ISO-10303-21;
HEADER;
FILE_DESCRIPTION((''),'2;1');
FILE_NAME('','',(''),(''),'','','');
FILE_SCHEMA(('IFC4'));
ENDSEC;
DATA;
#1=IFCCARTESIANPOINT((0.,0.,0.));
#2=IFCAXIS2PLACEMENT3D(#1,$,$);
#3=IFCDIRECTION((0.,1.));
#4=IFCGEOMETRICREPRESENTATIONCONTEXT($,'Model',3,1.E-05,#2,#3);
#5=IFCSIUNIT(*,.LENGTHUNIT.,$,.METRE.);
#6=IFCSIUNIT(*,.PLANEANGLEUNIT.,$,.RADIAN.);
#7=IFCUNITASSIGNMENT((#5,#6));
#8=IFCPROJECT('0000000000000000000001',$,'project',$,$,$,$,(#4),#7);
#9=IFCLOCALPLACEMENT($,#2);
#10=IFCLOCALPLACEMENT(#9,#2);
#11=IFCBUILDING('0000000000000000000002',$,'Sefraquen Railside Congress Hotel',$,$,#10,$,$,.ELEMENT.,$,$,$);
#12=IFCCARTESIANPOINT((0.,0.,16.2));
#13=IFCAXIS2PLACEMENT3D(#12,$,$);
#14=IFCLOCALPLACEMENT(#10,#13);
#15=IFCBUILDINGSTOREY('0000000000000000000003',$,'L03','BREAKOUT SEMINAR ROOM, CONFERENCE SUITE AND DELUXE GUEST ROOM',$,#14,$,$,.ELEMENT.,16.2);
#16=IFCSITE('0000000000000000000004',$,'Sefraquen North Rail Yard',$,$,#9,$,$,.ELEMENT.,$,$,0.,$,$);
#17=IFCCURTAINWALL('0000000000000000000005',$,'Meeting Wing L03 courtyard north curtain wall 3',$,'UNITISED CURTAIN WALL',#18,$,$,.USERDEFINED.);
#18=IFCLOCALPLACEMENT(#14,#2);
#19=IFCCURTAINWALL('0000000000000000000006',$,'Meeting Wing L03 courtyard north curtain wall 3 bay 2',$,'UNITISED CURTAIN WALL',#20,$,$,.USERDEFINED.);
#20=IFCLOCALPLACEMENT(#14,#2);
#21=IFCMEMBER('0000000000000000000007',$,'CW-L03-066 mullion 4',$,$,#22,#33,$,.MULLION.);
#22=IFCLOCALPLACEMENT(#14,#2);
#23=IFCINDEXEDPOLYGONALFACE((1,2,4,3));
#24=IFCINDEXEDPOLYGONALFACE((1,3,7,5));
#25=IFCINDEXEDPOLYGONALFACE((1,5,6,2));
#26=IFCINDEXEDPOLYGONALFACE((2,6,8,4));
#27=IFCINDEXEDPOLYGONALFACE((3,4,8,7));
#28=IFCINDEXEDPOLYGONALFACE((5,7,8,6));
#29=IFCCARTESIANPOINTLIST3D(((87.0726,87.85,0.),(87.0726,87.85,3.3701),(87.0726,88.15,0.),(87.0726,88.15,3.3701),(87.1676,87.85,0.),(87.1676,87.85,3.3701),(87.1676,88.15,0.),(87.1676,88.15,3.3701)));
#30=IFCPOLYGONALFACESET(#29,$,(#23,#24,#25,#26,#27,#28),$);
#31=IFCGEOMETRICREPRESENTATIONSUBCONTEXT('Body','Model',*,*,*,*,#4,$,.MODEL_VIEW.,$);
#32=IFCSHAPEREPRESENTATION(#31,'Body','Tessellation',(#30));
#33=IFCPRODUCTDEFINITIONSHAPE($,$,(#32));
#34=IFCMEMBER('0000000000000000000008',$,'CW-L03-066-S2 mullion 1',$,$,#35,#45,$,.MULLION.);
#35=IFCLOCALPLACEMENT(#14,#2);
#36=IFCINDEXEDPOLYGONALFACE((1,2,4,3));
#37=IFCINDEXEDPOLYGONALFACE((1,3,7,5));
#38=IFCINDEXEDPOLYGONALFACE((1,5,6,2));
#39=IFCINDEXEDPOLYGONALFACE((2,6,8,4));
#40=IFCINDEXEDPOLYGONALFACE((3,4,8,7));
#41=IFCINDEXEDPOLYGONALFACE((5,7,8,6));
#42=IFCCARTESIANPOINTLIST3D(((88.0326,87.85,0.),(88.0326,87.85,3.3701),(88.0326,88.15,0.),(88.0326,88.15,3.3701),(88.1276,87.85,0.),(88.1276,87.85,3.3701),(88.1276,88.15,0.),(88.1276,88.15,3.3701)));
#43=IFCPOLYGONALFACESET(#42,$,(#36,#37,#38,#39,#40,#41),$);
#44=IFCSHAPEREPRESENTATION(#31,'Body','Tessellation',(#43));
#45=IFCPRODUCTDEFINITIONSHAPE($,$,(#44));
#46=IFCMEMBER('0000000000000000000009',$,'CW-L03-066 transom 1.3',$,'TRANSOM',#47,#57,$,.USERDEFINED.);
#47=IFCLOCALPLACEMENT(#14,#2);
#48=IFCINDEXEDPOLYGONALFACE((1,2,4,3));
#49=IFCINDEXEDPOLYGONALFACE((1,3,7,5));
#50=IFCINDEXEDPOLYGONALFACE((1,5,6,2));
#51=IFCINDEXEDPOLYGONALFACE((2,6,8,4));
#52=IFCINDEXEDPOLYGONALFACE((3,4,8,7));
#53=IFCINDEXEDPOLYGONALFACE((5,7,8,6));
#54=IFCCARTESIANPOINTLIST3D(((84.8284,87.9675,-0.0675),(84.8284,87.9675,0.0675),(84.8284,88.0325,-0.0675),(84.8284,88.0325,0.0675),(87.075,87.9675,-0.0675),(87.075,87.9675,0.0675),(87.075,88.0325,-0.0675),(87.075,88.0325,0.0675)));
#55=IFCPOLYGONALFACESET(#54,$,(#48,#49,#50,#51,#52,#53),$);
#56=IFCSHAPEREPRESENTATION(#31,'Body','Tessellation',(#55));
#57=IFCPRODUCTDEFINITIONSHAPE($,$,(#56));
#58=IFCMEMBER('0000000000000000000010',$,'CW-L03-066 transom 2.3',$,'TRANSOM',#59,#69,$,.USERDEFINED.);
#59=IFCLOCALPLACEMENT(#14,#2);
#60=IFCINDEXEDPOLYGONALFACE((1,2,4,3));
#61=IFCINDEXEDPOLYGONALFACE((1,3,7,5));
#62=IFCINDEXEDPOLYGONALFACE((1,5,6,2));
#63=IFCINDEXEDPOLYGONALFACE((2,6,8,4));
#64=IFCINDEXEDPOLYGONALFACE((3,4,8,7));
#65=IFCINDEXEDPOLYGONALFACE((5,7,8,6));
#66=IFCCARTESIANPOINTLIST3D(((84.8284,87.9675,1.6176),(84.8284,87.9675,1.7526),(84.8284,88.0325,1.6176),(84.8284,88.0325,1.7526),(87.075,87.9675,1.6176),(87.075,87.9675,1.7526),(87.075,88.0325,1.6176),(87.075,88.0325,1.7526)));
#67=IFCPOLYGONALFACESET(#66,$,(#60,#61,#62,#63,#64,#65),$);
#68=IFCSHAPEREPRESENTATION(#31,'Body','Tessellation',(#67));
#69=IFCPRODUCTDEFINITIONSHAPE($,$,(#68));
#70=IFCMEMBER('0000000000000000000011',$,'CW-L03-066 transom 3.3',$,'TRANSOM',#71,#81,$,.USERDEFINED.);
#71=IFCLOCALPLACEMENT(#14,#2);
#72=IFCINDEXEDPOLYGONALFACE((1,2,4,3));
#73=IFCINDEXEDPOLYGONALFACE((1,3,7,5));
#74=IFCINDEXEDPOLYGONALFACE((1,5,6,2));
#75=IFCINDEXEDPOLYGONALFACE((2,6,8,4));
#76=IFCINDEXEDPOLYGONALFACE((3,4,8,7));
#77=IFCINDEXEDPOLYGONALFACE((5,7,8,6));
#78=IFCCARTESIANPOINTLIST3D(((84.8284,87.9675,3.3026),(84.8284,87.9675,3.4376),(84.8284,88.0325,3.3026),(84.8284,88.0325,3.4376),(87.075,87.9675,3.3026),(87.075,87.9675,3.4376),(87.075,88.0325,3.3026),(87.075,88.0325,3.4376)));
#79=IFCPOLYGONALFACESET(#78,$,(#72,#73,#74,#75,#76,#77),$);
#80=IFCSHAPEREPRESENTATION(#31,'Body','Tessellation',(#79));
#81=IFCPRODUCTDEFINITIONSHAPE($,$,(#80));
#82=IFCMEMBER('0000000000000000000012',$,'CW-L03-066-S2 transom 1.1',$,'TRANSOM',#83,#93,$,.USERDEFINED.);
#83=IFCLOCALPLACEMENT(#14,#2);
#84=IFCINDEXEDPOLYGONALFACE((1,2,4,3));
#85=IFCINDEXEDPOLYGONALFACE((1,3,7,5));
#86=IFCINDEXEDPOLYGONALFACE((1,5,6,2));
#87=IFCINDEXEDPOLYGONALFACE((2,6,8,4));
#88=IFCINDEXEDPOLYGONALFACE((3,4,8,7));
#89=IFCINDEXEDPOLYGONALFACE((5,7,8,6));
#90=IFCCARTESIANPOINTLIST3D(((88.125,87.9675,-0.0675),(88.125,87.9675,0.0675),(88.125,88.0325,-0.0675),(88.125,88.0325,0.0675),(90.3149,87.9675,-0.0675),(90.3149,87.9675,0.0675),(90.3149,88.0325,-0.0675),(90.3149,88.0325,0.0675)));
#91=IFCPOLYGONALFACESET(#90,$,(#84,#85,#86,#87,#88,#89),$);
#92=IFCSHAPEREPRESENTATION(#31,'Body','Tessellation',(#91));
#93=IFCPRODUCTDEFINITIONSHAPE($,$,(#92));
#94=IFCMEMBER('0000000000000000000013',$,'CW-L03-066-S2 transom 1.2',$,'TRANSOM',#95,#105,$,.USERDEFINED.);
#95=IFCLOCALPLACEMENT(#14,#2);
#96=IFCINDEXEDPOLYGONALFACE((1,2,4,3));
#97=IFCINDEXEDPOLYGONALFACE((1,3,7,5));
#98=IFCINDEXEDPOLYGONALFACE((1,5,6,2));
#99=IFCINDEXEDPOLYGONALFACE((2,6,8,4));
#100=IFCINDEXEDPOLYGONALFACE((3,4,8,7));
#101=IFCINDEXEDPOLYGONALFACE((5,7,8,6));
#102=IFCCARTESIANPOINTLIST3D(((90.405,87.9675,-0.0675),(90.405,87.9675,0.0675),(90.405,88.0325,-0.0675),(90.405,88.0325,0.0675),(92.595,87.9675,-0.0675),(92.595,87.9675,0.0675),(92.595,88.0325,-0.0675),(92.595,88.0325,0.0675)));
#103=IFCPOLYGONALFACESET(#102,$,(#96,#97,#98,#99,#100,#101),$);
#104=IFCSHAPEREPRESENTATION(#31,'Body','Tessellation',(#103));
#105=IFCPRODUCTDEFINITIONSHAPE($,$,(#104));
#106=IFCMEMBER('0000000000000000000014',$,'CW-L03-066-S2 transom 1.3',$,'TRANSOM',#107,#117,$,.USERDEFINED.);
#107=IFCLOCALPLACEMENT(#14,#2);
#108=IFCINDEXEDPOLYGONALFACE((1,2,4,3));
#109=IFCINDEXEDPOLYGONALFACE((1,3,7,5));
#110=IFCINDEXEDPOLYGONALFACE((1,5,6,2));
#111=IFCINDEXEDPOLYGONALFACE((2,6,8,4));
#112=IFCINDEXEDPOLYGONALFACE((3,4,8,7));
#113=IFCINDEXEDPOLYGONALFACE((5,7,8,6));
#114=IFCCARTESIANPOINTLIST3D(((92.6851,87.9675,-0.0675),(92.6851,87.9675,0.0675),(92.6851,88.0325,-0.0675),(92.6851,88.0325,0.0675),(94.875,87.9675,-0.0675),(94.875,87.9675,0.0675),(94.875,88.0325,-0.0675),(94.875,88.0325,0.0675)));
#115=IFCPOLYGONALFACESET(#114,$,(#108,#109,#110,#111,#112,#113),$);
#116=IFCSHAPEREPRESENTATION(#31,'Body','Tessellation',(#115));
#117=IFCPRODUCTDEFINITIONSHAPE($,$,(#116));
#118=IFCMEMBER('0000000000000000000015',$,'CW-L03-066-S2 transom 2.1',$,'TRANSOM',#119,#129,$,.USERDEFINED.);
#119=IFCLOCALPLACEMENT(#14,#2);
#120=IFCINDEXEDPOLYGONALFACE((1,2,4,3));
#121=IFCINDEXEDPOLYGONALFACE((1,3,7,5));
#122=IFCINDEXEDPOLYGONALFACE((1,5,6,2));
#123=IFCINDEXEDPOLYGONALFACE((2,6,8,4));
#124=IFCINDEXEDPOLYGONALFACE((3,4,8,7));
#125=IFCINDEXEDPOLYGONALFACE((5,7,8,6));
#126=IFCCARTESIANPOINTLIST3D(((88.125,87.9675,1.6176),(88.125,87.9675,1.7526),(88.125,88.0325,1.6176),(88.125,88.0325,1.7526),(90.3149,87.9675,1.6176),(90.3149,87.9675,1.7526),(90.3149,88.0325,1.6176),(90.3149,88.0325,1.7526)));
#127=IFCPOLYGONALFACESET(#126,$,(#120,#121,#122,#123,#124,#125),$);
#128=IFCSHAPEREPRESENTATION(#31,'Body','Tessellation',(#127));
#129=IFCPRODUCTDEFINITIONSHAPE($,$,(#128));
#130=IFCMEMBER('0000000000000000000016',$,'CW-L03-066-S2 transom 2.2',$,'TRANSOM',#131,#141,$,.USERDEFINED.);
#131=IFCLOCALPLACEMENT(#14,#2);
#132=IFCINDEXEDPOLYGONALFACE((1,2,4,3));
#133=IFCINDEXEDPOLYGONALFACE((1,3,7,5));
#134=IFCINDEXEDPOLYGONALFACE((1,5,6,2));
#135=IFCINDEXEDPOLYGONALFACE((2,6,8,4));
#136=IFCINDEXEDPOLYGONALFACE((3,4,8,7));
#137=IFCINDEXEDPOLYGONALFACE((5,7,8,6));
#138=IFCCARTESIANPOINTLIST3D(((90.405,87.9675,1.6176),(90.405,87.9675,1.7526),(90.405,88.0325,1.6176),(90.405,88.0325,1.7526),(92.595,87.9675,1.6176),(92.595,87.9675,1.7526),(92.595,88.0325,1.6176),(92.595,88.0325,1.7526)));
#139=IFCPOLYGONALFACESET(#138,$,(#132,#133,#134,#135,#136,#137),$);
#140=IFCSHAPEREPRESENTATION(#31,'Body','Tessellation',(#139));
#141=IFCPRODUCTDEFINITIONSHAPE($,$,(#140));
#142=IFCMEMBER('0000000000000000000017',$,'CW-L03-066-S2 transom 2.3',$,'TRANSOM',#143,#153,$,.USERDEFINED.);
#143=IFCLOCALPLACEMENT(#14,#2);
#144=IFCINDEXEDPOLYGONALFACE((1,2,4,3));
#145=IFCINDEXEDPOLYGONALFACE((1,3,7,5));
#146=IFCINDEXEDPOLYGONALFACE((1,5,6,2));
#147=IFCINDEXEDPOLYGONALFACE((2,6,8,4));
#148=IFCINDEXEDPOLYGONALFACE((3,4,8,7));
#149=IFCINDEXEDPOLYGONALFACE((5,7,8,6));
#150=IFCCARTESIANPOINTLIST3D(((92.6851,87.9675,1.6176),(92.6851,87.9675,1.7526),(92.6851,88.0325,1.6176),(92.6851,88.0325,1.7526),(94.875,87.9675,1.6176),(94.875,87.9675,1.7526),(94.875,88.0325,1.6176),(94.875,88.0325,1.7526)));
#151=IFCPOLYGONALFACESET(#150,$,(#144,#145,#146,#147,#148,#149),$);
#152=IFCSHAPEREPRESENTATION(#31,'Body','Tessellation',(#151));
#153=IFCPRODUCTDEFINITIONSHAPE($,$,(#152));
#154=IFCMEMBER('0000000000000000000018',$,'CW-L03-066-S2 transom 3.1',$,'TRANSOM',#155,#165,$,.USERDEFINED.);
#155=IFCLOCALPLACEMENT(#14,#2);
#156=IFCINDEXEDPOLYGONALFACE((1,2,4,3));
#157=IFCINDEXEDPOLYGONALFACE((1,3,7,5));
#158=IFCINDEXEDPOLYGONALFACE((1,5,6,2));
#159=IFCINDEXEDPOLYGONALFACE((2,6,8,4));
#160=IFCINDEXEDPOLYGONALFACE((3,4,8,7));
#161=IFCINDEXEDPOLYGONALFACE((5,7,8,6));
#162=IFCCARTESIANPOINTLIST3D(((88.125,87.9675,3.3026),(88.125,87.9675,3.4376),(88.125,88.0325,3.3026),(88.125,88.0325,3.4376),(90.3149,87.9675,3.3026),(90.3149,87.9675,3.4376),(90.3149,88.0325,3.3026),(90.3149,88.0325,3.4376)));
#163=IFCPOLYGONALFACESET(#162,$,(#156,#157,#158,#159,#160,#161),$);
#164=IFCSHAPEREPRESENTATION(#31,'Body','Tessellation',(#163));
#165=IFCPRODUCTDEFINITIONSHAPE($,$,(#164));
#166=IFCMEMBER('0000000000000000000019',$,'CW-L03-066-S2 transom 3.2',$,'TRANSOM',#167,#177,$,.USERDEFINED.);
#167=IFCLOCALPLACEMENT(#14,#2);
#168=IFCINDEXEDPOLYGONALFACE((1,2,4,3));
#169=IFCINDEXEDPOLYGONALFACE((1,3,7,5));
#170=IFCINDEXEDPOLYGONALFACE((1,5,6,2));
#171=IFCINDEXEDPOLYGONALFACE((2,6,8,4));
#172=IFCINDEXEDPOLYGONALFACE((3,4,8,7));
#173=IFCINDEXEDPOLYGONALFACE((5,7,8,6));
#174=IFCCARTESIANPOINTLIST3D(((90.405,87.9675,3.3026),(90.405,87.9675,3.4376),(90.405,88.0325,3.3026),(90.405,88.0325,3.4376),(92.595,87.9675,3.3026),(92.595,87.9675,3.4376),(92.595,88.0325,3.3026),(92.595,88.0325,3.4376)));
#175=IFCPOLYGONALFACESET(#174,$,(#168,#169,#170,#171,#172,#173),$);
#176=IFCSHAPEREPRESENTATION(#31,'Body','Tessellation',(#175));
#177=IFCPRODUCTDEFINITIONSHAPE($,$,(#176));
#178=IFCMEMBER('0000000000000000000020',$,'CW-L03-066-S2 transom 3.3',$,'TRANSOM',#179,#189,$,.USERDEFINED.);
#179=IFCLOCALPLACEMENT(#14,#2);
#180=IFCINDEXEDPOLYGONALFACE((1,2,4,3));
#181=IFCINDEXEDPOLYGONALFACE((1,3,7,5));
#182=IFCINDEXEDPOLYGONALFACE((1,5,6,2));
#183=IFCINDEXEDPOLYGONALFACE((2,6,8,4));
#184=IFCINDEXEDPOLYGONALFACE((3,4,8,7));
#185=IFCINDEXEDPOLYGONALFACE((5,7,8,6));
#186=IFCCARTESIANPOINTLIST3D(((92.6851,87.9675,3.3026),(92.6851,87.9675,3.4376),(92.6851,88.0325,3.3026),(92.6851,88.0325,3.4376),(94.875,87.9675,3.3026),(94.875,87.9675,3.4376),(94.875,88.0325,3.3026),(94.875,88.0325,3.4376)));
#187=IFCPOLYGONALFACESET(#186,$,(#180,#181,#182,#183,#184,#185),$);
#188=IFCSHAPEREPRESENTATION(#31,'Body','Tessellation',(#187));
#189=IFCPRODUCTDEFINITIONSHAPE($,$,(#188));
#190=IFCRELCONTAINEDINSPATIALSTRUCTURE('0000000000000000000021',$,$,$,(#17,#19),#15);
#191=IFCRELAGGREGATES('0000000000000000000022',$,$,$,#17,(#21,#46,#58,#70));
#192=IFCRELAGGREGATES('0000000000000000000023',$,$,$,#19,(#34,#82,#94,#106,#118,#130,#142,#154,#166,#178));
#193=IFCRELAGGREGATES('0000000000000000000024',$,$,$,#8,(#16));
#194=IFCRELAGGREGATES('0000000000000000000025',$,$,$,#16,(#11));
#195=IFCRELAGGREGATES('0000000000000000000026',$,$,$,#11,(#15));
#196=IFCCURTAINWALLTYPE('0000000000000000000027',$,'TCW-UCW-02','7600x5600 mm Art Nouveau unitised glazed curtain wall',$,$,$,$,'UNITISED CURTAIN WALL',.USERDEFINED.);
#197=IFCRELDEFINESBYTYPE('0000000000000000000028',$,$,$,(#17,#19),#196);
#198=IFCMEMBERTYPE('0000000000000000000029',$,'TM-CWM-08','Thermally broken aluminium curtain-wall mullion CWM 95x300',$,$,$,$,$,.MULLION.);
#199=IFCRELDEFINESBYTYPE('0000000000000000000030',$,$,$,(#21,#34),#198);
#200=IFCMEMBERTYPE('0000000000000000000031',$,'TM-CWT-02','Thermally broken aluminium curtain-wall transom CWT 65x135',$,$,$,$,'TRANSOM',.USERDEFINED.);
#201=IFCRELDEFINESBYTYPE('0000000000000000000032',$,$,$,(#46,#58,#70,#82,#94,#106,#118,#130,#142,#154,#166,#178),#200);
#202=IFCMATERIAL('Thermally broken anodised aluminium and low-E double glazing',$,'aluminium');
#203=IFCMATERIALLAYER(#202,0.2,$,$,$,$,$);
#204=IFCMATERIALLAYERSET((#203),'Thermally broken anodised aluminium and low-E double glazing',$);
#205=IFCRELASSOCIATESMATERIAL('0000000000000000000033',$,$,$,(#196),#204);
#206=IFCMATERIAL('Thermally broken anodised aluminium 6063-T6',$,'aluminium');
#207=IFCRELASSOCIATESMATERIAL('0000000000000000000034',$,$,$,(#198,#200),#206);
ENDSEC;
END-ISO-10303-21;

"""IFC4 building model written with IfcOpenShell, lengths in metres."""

from ifc_helpers import new_model, si_unit, direction, frame, origin, origin_2d, place, context, subcontext, project, spatial, rectangle, extrude, material, layer, layer_set, material_profile, profile_set, type_object, element, aggregate, save


model = new_model("IFC4")

# Units and contexts
model_context = context("Model", 3, precision=1e-05, world=origin(), true_north=direction((0.0, 1.0)))
body_context = subcontext(model_context, "Body", "Model", "MODEL_VIEW")
ifc_project = project(units=[si_unit("LENGTHUNIT", "METRE"), si_unit("PLANEANGLEUNIT", "RADIAN")], contexts=[model_context])

# Site, building, storey
site_placement = place(None, origin())
site = spatial("IfcSite", under=ifc_project, at=site_placement, Name="Sefraquen North Rail Yard", CompositionType="ELEMENT", RefElevation=0.0)
building_placement = place(site_placement, origin())
building = spatial("IfcBuilding", under=site, at=building_placement, Name="Sefraquen Railside Congress Hotel", CompositionType="ELEMENT")
storey_placement = place(building_placement, frame((0.0, 0.0, 16.2)))
storey = spatial("IfcBuildingStorey", under=building, at=storey_placement, Name="L03", Description="BREAKOUT SEMINAR ROOM, CONFERENCE SUITE AND DELUXE GUEST ROOM", CompositionType="ELEMENT", Elevation=16.2)

# Curtain wall
ifc_material_1 = material(Name="Thermally broken anodised aluminium and low-E double glazing", Category="aluminium")
ifc_layer_1 = layer(ifc_material_1, 0.2)
ifc_layer_set_1 = layer_set([ifc_layer_1], Name="Thermally broken anodised aluminium and low-E double glazing")
curtain_wall_type = type_object("IfcCurtainWallType", Name="TCW-UCW-02", Description="7600x5600 mm Art Nouveau unitised glazed curtain wall", ElementType="UNITISED CURTAIN WALL", PredefinedType="USERDEFINED", material=ifc_layer_set_1)
curtain_wall_1_placement = place(storey_placement, origin())
curtain_wall_1 = element("IfcCurtainWall", 1, at=curtain_wall_1_placement, inside=storey, type_object=curtain_wall_type, Name="Meeting Wing L03 courtyard north curtain wall 3", ObjectType="UNITISED CURTAIN WALL", PredefinedType="USERDEFINED")
ifc_material_2 = material(Name="Thermally broken anodised aluminium 6063-T6", Category="aluminium")

# Curtain wall
curtain_wall_2_placement = place(storey_placement, origin())
curtain_wall_2 = element("IfcCurtainWall", 2, at=curtain_wall_2_placement, inside=storey, type_object=curtain_wall_type, Name="Meeting Wing L03 courtyard north curtain wall 3 bay 2", ObjectType="UNITISED CURTAIN WALL", PredefinedType="USERDEFINED")

# Members
ifc_material_profile_1 = material_profile(ifc_material_2, rectangle(XDim=0.095, YDim=0.3, at=origin_2d()), Name="CWM 95x300")
ifc_profile_set_1 = profile_set([ifc_material_profile_1], Name="Thermally broken anodised aluminium 6063-T6")
member_type_1 = type_object("IfcMemberType", Name="TM-CWM-08", Description="Thermally broken aluminium curtain-wall mullion CWM 95x300", PredefinedType="MULLION", material=ifc_profile_set_1)
member_1_placement = place(storey_placement, frame((87.1201, 88.0, 0.0), z_axis=(0.0, 0.0, 1.0), x_axis=(1.0, 0.0, 0.0)))
member_1 = element("IfcMember", 3, at=member_1_placement, type_object=member_type_1, Name="CW-L03-066 mullion 4", PredefinedType="MULLION", context=body_context, shape_type="SweptSolid", body=[
    extrude(rectangle(XDim=0.095, YDim=0.3, at=origin_2d()), origin(), (0.0, 0.0, 1.0), 3.3701),
])
member_2_placement = place(storey_placement, frame((88.0801, 88.0, 0.0), z_axis=(0.0, 0.0, 1.0), x_axis=(1.0, 0.0, 0.0)))
member_2 = element("IfcMember", 4, at=member_2_placement, type_object=member_type_1, Name="CW-L03-066-S2 mullion 1", PredefinedType="MULLION", context=body_context, shape_type="SweptSolid", body=[
    extrude(rectangle(XDim=0.095, YDim=0.3, at=origin_2d()), origin(), (0.0, 0.0, 1.0), 3.3701),
])
ifc_material_profile_2 = material_profile(ifc_material_2, rectangle(XDim=0.0649, YDim=0.135, at=origin_2d()), Name="CWT 65x135")
ifc_profile_set_2 = profile_set([ifc_material_profile_2], Name="Thermally broken anodised aluminium 6063-T6")
member_type_2 = type_object("IfcMemberType", Name="TM-CWT-02", Description="Thermally broken aluminium curtain-wall transom CWT 65x135", ElementType="TRANSOM", PredefinedType="USERDEFINED", material=ifc_profile_set_2)
member_3_placement = place(storey_placement, frame((84.8284, 88.0, 0.0), z_axis=(1.0, 0.0, 0.0), x_axis=(0.0, 1.0, 0.0)))
member_3 = element("IfcMember", 5, at=member_3_placement, type_object=member_type_2, Name="CW-L03-066 transom 1.3", ObjectType="TRANSOM", PredefinedType="USERDEFINED", context=body_context, shape_type="SweptSolid", body=[
    extrude(rectangle(XDim=0.0649, YDim=0.135, at=origin_2d()), origin(), (0.0, 0.0, 1.0), 2.2466),
])
member_4_placement = place(storey_placement, frame((84.8284, 88.0, 1.6851), z_axis=(1.0, 0.0, 0.0), x_axis=(0.0, 1.0, 0.0)))
member_4 = element("IfcMember", 6, at=member_4_placement, type_object=member_type_2, Name="CW-L03-066 transom 2.3", ObjectType="TRANSOM", PredefinedType="USERDEFINED", context=body_context, shape_type="SweptSolid", body=[
    extrude(rectangle(XDim=0.0649, YDim=0.135, at=origin_2d()), origin(), (0.0, 0.0, 1.0), 2.2466),
])
member_5_placement = place(storey_placement, frame((84.8284, 88.0, 3.3701), z_axis=(1.0, 0.0, 0.0), x_axis=(0.0, 1.0, 0.0)))
member_5 = element("IfcMember", 7, at=member_5_placement, type_object=member_type_2, Name="CW-L03-066 transom 3.3", ObjectType="TRANSOM", PredefinedType="USERDEFINED", context=body_context, shape_type="SweptSolid", body=[
    extrude(rectangle(XDim=0.0649, YDim=0.135, at=origin_2d()), origin(), (0.0, 0.0, 1.0), 2.2466),
])
member_6_placement = place(storey_placement, frame((88.125, 88.0, 0.0), z_axis=(1.0, 0.0, 0.0), x_axis=(0.0, 1.0, 0.0)))
member_6 = element("IfcMember", 8, at=member_6_placement, type_object=member_type_2, Name="CW-L03-066-S2 transom 1.1", ObjectType="TRANSOM", PredefinedType="USERDEFINED", context=body_context, shape_type="SweptSolid", body=[
    extrude(rectangle(XDim=0.0649, YDim=0.135, at=origin_2d()), origin(), (0.0, 0.0, 1.0), 2.1899),
])
member_7_placement = place(storey_placement, frame((90.405, 88.0, 0.0), z_axis=(1.0, 0.0, 0.0), x_axis=(0.0, 1.0, 0.0)))
member_7 = element("IfcMember", 9, at=member_7_placement, type_object=member_type_2, Name="CW-L03-066-S2 transom 1.2", ObjectType="TRANSOM", PredefinedType="USERDEFINED", context=body_context, shape_type="SweptSolid", body=[
    extrude(rectangle(XDim=0.0649, YDim=0.135, at=origin_2d()), origin(), (0.0, 0.0, 1.0), 2.1899),
])
member_8_placement = place(storey_placement, frame((92.6851, 88.0, 0.0), z_axis=(1.0, 0.0, 0.0), x_axis=(0.0, 1.0, 0.0)))
member_8 = element("IfcMember", 10, at=member_8_placement, type_object=member_type_2, Name="CW-L03-066-S2 transom 1.3", ObjectType="TRANSOM", PredefinedType="USERDEFINED", context=body_context, shape_type="SweptSolid", body=[
    extrude(rectangle(XDim=0.0649, YDim=0.135, at=origin_2d()), origin(), (0.0, 0.0, 1.0), 2.1899),
])
member_9_placement = place(storey_placement, frame((88.125, 88.0, 1.6851), z_axis=(1.0, 0.0, 0.0), x_axis=(0.0, 1.0, 0.0)))
member_9 = element("IfcMember", 11, at=member_9_placement, type_object=member_type_2, Name="CW-L03-066-S2 transom 2.1", ObjectType="TRANSOM", PredefinedType="USERDEFINED", context=body_context, shape_type="SweptSolid", body=[
    extrude(rectangle(XDim=0.0649, YDim=0.135, at=origin_2d()), origin(), (0.0, 0.0, 1.0), 2.1899),
])
member_10_placement = place(storey_placement, frame((90.405, 88.0, 1.6851), z_axis=(1.0, 0.0, 0.0), x_axis=(0.0, 1.0, 0.0)))
member_10 = element("IfcMember", 12, at=member_10_placement, type_object=member_type_2, Name="CW-L03-066-S2 transom 2.2", ObjectType="TRANSOM", PredefinedType="USERDEFINED", context=body_context, shape_type="SweptSolid", body=[
    extrude(rectangle(XDim=0.0649, YDim=0.135, at=origin_2d()), origin(), (0.0, 0.0, 1.0), 2.1899),
])
member_11_placement = place(storey_placement, frame((92.6851, 88.0, 1.6851), z_axis=(1.0, 0.0, 0.0), x_axis=(0.0, 1.0, 0.0)))
member_11 = element("IfcMember", 13, at=member_11_placement, type_object=member_type_2, Name="CW-L03-066-S2 transom 2.3", ObjectType="TRANSOM", PredefinedType="USERDEFINED", context=body_context, shape_type="SweptSolid", body=[
    extrude(rectangle(XDim=0.0649, YDim=0.135, at=origin_2d()), origin(), (0.0, 0.0, 1.0), 2.1899),
])
member_12_placement = place(storey_placement, frame((88.125, 88.0, 3.3701), z_axis=(1.0, 0.0, 0.0), x_axis=(0.0, 1.0, 0.0)))
member_12 = element("IfcMember", 14, at=member_12_placement, type_object=member_type_2, Name="CW-L03-066-S2 transom 3.1", ObjectType="TRANSOM", PredefinedType="USERDEFINED", context=body_context, shape_type="SweptSolid", body=[
    extrude(rectangle(XDim=0.0649, YDim=0.135, at=origin_2d()), origin(), (0.0, 0.0, 1.0), 2.1899),
])
member_13_placement = place(storey_placement, frame((90.405, 88.0, 3.3701), z_axis=(1.0, 0.0, 0.0), x_axis=(0.0, 1.0, 0.0)))
member_13 = element("IfcMember", 15, at=member_13_placement, type_object=member_type_2, Name="CW-L03-066-S2 transom 3.2", ObjectType="TRANSOM", PredefinedType="USERDEFINED", context=body_context, shape_type="SweptSolid", body=[
    extrude(rectangle(XDim=0.0649, YDim=0.135, at=origin_2d()), origin(), (0.0, 0.0, 1.0), 2.1899),
])
member_14_placement = place(storey_placement, frame((92.6851, 88.0, 3.3701), z_axis=(1.0, 0.0, 0.0), x_axis=(0.0, 1.0, 0.0)))
member_14 = element("IfcMember", 16, at=member_14_placement, type_object=member_type_2, Name="CW-L03-066-S2 transom 3.3", ObjectType="TRANSOM", PredefinedType="USERDEFINED", context=body_context, shape_type="SweptSolid", body=[
    extrude(rectangle(XDim=0.0649, YDim=0.135, at=origin_2d()), origin(), (0.0, 0.0, 1.0), 2.1899),
])

aggregate(curtain_wall_1, [member_1, member_3, member_4, member_5])
aggregate(curtain_wall_2, [member_2, member_6, member_7, member_8, member_9, member_10, member_11, member_12, member_13, member_14])

save(model, "model.ifc")
